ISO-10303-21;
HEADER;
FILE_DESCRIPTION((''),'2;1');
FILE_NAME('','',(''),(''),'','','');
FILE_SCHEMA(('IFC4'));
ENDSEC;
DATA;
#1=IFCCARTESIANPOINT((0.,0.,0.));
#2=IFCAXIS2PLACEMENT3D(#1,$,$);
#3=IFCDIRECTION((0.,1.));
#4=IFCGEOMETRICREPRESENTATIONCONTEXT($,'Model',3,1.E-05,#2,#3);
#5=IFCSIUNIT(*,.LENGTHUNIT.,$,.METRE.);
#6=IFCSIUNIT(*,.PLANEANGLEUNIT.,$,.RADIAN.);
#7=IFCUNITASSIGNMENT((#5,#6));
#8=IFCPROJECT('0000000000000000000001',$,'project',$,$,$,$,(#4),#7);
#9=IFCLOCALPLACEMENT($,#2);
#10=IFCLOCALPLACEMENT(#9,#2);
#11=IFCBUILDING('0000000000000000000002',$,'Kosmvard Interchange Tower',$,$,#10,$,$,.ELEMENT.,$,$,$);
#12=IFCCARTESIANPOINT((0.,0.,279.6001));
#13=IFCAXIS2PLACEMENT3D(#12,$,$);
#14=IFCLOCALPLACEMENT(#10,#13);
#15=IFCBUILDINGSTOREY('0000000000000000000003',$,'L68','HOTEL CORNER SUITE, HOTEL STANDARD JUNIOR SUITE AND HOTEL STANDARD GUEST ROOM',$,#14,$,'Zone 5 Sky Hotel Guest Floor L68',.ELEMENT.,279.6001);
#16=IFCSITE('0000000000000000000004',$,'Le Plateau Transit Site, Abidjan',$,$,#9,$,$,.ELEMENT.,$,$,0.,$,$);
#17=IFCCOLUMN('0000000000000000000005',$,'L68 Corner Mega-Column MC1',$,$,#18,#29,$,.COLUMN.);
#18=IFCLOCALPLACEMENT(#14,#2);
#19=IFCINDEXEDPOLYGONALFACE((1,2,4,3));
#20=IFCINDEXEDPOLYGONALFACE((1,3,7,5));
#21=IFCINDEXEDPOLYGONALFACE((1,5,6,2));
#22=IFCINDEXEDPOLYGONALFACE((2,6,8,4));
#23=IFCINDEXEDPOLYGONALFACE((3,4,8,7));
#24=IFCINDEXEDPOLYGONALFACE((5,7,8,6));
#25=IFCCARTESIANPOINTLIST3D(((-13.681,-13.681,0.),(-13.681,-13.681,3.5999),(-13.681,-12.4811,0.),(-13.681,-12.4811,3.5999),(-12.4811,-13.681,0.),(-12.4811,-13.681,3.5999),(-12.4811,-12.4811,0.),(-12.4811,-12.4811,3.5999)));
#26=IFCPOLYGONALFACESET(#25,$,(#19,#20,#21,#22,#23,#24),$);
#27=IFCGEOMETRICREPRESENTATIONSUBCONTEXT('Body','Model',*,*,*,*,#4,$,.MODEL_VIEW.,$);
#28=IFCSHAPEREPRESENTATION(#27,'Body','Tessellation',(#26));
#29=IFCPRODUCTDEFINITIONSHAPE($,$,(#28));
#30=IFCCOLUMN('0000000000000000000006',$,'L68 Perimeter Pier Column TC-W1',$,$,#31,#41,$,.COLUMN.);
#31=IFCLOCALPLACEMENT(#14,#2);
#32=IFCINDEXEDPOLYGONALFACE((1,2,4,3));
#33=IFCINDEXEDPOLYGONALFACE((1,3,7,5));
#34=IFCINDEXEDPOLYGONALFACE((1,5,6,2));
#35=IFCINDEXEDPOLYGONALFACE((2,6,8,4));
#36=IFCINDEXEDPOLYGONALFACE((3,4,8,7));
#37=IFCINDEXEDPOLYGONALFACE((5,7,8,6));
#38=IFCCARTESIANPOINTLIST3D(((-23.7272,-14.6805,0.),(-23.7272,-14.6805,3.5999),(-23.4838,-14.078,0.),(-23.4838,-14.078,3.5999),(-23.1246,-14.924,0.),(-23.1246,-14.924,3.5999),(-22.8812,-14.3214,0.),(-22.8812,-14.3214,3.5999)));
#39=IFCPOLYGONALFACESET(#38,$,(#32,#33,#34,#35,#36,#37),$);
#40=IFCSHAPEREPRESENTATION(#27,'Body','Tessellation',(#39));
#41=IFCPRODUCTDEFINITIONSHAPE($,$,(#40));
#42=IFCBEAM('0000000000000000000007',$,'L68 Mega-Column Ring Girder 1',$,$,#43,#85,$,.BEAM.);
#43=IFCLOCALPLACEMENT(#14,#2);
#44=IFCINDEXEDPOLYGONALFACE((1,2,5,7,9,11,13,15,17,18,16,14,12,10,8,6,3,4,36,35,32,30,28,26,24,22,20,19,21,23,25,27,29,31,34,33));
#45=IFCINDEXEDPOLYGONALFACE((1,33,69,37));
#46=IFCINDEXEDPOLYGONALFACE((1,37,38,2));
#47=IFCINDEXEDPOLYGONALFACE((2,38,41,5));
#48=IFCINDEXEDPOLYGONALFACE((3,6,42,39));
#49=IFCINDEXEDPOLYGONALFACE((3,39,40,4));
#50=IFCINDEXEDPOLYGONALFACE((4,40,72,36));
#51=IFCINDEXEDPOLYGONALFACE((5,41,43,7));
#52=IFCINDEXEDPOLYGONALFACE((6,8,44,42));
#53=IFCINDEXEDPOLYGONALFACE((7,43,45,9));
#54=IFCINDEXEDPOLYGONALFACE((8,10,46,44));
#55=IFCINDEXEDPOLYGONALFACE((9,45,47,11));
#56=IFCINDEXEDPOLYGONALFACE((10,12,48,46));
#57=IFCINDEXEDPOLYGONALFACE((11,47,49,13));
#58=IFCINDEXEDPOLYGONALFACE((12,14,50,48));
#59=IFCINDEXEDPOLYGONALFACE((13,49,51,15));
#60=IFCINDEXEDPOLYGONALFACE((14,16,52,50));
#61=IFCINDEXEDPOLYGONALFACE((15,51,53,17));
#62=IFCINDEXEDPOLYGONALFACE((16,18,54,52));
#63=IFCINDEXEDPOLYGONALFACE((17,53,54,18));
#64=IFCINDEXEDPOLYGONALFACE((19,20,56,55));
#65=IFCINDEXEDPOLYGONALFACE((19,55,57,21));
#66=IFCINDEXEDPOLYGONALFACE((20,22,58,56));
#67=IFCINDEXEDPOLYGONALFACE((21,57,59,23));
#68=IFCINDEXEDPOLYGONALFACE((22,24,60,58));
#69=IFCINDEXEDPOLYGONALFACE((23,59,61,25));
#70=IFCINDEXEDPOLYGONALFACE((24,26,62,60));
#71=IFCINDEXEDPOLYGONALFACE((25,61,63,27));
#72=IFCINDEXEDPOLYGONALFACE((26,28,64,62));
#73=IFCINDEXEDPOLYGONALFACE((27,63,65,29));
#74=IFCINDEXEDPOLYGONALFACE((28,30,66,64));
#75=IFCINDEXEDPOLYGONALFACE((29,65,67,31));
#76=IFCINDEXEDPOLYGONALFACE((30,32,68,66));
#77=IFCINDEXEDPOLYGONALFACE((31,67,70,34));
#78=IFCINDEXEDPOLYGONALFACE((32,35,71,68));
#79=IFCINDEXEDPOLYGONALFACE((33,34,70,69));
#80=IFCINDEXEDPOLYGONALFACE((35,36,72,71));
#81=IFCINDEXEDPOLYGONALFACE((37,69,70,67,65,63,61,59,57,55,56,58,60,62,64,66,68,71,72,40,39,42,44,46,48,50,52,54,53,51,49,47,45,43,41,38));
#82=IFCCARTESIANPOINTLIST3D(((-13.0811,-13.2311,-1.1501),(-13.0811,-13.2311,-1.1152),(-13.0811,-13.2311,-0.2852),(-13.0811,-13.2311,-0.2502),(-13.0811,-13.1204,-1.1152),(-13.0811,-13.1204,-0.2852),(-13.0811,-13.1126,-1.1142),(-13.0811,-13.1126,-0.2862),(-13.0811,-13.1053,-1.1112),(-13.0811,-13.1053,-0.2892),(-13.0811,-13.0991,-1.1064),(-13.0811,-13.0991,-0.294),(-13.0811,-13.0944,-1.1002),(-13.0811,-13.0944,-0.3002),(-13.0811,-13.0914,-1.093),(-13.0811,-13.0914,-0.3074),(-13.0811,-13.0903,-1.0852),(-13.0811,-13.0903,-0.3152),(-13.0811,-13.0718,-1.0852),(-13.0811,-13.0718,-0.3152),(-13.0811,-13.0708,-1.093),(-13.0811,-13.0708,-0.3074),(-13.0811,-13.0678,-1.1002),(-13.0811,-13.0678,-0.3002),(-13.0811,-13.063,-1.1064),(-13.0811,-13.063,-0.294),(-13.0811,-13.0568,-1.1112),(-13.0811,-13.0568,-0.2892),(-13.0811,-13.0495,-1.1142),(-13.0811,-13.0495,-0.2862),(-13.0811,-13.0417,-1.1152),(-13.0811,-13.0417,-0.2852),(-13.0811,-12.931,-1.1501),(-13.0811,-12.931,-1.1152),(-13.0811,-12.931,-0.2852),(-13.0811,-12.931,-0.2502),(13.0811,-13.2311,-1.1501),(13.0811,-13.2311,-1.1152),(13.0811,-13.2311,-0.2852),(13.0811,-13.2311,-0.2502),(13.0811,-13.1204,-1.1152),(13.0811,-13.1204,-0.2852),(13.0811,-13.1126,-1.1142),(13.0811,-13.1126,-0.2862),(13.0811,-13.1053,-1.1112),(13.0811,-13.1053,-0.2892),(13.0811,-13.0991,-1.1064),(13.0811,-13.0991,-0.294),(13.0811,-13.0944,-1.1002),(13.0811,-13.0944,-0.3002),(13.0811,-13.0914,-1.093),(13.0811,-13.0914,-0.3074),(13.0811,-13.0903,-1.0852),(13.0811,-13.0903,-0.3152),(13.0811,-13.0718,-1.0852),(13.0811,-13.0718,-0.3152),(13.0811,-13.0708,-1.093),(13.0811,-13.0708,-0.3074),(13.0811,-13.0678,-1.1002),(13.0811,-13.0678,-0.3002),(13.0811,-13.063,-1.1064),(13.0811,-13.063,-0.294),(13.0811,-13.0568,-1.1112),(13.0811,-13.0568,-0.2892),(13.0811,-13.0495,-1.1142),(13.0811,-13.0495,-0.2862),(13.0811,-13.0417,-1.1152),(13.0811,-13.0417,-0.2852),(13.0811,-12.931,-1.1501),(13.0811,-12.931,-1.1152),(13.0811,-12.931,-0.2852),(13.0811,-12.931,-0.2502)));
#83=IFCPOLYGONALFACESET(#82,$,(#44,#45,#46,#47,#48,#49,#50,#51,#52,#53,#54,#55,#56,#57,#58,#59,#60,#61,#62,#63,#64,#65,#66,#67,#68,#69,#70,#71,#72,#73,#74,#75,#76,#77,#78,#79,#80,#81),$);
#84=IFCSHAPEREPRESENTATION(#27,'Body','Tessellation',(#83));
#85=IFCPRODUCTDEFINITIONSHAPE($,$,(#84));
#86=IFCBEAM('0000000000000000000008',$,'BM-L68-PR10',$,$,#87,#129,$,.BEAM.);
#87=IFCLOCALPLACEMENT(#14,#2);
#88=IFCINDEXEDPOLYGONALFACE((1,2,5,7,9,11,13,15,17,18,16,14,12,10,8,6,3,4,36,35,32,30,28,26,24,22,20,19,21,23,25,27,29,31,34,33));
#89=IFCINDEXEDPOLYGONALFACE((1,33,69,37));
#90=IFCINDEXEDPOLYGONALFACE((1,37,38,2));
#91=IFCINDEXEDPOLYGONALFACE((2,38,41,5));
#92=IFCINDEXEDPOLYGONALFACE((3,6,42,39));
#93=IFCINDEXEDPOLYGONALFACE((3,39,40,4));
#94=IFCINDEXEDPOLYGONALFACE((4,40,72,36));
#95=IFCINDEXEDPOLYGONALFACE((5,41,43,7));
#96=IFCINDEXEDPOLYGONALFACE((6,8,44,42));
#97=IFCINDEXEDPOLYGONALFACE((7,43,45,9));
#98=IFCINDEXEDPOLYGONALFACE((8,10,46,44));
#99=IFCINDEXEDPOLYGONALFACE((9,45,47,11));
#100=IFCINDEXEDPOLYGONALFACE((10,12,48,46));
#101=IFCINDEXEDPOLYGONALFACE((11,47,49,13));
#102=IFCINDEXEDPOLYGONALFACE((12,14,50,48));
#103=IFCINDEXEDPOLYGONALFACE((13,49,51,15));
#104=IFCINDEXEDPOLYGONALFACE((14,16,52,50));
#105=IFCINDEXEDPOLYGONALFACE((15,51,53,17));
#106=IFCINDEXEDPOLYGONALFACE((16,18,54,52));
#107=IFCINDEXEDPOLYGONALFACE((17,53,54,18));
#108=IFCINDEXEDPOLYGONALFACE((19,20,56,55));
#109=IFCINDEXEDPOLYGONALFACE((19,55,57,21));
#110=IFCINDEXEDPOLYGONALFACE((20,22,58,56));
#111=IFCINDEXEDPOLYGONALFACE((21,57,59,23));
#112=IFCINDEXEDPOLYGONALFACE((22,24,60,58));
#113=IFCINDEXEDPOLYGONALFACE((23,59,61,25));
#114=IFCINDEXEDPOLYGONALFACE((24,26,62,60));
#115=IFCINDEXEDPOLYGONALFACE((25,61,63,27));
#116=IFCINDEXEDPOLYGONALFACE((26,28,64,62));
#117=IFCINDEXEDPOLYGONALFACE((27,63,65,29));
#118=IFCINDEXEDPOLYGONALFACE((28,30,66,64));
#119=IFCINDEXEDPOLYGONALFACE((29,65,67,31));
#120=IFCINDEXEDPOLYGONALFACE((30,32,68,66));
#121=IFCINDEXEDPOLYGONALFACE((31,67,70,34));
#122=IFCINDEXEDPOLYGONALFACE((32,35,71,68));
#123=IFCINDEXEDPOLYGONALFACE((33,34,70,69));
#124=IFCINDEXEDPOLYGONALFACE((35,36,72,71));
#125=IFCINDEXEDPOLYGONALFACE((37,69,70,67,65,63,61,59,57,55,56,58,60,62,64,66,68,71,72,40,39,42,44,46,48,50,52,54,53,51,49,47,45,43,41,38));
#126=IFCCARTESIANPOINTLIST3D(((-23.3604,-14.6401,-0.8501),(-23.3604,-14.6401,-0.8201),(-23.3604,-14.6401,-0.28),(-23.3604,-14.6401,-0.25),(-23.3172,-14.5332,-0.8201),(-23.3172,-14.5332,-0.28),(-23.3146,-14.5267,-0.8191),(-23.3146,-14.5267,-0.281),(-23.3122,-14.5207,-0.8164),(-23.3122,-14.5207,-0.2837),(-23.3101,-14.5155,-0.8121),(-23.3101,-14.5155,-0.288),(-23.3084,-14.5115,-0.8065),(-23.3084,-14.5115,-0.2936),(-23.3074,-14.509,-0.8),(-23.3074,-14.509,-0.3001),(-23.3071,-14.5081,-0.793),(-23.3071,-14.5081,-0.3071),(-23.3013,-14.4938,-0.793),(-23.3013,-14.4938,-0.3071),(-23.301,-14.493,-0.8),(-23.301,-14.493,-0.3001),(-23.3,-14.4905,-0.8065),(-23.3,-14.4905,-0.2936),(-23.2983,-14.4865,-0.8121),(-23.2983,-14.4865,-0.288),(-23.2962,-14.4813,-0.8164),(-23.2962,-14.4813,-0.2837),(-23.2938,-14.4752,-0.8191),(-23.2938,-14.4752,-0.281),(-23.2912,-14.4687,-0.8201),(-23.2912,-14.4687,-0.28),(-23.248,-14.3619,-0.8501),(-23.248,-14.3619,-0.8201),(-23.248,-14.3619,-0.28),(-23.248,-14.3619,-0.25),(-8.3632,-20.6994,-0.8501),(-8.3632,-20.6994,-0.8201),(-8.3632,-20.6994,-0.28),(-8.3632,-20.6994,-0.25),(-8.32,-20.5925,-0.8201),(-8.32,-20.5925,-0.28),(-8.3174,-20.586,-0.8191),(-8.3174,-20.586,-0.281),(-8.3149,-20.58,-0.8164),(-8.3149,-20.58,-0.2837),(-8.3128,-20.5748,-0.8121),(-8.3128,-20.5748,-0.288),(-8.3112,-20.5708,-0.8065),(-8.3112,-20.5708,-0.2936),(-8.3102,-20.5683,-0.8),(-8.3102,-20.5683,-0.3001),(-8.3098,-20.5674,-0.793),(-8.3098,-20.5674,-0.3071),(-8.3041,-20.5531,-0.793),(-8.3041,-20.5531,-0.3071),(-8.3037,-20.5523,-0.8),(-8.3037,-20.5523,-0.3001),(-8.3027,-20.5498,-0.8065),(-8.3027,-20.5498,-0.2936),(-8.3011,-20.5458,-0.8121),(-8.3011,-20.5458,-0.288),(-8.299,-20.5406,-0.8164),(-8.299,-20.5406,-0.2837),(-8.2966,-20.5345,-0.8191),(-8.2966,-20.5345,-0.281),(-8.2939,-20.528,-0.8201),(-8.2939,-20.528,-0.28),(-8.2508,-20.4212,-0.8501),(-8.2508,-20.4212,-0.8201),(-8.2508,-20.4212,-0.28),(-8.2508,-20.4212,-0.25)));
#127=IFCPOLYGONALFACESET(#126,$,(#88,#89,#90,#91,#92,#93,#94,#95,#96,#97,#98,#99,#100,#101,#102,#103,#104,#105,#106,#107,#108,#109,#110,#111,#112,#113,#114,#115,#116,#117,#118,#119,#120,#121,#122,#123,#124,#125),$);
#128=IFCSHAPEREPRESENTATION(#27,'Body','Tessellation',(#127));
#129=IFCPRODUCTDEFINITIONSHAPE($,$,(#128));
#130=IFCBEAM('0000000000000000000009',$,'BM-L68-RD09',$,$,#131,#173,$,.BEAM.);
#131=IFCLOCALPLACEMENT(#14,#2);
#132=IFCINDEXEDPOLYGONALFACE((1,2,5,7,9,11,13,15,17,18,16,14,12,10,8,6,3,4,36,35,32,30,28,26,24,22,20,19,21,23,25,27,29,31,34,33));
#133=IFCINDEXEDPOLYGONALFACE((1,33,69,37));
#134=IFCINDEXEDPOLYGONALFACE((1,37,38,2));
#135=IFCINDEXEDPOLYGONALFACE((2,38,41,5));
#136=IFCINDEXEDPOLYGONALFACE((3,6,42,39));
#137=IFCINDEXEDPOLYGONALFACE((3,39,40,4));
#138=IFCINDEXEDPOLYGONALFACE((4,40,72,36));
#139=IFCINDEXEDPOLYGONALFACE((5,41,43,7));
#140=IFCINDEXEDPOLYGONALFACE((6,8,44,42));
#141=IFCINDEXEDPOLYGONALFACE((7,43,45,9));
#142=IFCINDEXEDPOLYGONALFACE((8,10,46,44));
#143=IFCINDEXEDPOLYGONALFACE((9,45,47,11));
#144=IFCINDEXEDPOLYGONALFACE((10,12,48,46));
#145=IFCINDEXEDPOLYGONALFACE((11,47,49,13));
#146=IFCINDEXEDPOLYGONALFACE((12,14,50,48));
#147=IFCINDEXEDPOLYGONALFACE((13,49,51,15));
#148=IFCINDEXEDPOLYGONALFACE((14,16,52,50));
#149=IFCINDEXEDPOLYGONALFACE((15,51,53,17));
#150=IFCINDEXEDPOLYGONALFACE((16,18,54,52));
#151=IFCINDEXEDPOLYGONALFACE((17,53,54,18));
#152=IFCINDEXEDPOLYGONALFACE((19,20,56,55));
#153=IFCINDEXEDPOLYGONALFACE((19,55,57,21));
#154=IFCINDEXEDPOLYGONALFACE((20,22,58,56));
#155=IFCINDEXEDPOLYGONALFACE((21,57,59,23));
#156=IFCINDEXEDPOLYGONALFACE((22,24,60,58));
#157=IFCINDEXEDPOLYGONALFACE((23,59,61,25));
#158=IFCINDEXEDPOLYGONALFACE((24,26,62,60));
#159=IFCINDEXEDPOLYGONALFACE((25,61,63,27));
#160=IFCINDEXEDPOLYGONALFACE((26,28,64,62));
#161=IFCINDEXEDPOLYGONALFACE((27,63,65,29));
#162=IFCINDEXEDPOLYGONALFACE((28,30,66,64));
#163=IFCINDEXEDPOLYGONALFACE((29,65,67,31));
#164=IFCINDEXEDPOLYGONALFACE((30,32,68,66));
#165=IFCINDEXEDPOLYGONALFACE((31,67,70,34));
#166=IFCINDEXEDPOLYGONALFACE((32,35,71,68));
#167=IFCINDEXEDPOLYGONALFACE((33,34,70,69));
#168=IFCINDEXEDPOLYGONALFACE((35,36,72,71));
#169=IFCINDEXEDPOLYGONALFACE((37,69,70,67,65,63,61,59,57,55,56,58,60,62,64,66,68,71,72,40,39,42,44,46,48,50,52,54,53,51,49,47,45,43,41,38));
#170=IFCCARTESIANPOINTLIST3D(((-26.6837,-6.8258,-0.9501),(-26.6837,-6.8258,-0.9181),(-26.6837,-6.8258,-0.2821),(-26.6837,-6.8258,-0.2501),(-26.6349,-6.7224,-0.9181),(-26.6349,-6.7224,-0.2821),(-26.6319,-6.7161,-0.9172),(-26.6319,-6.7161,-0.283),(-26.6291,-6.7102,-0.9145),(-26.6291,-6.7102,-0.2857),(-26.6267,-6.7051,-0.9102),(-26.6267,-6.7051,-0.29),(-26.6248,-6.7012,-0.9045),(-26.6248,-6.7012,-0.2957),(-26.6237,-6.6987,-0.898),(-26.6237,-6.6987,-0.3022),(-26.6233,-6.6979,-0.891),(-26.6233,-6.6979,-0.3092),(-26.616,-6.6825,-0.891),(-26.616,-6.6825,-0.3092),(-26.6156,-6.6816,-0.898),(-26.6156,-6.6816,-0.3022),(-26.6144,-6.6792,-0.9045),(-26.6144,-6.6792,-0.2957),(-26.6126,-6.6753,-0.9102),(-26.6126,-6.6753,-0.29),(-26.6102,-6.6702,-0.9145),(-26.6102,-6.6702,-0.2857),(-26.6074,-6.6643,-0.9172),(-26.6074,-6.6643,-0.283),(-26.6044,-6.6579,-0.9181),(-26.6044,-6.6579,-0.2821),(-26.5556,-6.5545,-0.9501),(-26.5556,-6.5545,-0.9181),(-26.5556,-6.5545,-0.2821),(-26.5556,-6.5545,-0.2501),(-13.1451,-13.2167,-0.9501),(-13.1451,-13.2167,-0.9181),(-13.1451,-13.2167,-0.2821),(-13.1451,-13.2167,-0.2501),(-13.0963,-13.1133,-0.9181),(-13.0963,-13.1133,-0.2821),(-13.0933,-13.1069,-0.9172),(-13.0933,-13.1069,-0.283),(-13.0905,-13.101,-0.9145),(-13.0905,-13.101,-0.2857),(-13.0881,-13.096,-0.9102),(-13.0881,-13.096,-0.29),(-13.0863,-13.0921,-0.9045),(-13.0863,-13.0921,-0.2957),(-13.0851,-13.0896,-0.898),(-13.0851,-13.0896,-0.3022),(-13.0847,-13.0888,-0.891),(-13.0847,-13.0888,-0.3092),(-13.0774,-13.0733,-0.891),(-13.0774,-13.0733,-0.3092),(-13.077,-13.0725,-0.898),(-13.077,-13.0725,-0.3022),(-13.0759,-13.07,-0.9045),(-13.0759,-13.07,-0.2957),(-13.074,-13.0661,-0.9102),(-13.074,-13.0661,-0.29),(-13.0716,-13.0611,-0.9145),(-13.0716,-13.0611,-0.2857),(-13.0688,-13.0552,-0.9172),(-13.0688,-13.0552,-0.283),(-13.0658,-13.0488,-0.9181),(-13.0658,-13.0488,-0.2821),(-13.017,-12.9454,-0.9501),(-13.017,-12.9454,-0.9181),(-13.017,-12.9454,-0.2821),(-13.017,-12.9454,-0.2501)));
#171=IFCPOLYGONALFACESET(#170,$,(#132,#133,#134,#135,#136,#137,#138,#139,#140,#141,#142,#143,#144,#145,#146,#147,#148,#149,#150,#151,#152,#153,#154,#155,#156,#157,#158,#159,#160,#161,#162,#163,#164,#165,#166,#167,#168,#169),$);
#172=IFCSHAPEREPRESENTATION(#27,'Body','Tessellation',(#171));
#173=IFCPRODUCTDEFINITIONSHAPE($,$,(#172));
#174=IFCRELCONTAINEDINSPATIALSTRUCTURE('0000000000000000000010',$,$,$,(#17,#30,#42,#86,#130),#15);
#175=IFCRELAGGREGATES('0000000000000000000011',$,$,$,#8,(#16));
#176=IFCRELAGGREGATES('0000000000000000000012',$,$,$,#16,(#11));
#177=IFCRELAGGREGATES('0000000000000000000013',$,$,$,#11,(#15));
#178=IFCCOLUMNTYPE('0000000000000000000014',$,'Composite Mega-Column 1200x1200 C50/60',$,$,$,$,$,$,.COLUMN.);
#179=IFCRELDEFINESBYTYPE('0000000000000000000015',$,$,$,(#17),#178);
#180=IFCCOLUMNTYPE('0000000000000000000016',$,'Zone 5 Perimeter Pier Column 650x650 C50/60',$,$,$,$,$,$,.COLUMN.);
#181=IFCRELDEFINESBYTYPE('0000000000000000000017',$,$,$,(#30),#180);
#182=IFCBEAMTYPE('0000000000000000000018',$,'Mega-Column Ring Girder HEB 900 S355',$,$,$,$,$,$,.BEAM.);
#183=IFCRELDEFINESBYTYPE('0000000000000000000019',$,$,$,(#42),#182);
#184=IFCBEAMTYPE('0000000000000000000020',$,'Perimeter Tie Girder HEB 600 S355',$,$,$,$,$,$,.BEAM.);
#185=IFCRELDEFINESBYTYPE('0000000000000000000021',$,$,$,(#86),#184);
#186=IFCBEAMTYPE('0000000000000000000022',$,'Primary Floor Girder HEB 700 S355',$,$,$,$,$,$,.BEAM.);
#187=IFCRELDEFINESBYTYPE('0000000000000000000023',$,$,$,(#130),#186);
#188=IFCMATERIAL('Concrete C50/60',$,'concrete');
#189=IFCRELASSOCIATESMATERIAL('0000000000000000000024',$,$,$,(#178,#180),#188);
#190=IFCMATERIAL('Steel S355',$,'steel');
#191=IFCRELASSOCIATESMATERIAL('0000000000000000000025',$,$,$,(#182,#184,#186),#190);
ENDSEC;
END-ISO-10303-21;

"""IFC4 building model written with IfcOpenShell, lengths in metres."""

from ifc_helpers import new_model, si_unit, direction, frame, origin, origin_2d, place, context, subcontext, project, spatial, rectangle, i_section, extrude, source, transform, mapped, material, material_profile, profile_set, type_object, element, save


model = new_model("IFC4")

# Units and contexts
model_context = context("Model", 3, precision=1e-05, world=origin(), true_north=direction((0.0, 1.0)))
body_context = subcontext(model_context, "Body", "Model", "MODEL_VIEW")
ifc_project = project(units=[si_unit("LENGTHUNIT", "METRE"), si_unit("PLANEANGLEUNIT", "RADIAN")], contexts=[model_context])

# Site, building, storey
site_placement = place(None, origin())
site = spatial("IfcSite", under=ifc_project, at=site_placement, Name="Le Plateau Transit Site, Abidjan", CompositionType="ELEMENT", RefElevation=0.0)
building_placement = place(site_placement, origin())
building = spatial("IfcBuilding", under=site, at=building_placement, Name="Kosmvard Interchange Tower", CompositionType="ELEMENT")
storey_placement = place(building_placement, frame((0.0, 0.0, 279.6001)))
storey = spatial("IfcBuildingStorey", under=building, at=storey_placement, Name="L68", Description="HOTEL CORNER SUITE, HOTEL STANDARD JUNIOR SUITE AND HOTEL STANDARD GUEST ROOM", LongName="Zone 5 Sky Hotel Guest Floor L68", CompositionType="ELEMENT", Elevation=279.6001)

# Columns
ifc_material_1 = material(Name="Concrete C50/60", Category="concrete")
ifc_material_profile_1 = material_profile(ifc_material_1, rectangle(XDim=1.2, YDim=1.2, at=origin_2d()), Name="MC 1200x1200")
ifc_profile_set_1 = profile_set([ifc_material_profile_1], Name="Concrete C50/60")
column_type_1 = type_object("IfcColumnType", Name="Composite Mega-Column 1200x1200 C50/60", PredefinedType="COLUMN", material=ifc_profile_set_1)
shared_shape_1 = source(origin(), body_context, "Body", "SweptSolid", [
    extrude(rectangle(XDim=1.2, YDim=1.2, at=origin_2d()), origin(), (0.0, 0.0, 1.0), 3.5999),
])
column_1_placement = place(storey_placement, frame((-13.0811, -13.0811, 0.0), z_axis=(0.0, 0.0, 1.0), x_axis=(1.0, 0.0, 0.0)))
element("IfcColumn", 1, at=column_1_placement, inside=storey, type_object=column_type_1, Name="L68 Corner Mega-Column MC1", PredefinedType="COLUMN", context=body_context, shape_type="MappedRepresentation", body=[
    mapped(shared_shape_1, transform((0.0, 0.0, 0.0), scale=1.0)),
])
ifc_material_profile_2 = material_profile(ifc_material_1, rectangle(XDim=0.6499, YDim=0.6499, at=origin_2d()), Name="TC 650x650")
ifc_profile_set_2 = profile_set([ifc_material_profile_2], Name="Concrete C50/60")
column_type_2 = type_object("IfcColumnType", Name="Zone 5 Perimeter Pier Column 650x650 C50/60", PredefinedType="COLUMN", material=ifc_profile_set_2)
shared_shape_2 = source(origin(), body_context, "Body", "SweptSolid", [
    extrude(rectangle(XDim=0.6499, YDim=0.6499, at=origin_2d()), origin(), (0.0, 0.0, 1.0), 3.5999),
])
column_2_placement = place(storey_placement, frame((-23.3042, -14.501, 0.0), z_axis=(0.0, 0.0, 1.0), x_axis=(0.374607, 0.927184, 0.0)))
element("IfcColumn", 2, at=column_2_placement, inside=storey, type_object=column_type_2, Name="L68 Perimeter Pier Column TC-W1", PredefinedType="COLUMN", context=body_context, shape_type="MappedRepresentation", body=[
    mapped(shared_shape_2, transform((0.0, 0.0, 0.0), scale=1.0)),
])

# Beams
ifc_material_2 = material(Name="Steel S355", Category="steel")
ifc_material_profile_3 = material_profile(ifc_material_2, i_section(OverallWidth=0.3, OverallDepth=0.8999, WebThickness=0.0186, FlangeThickness=0.0349, FilletRadius=0.03, at=origin_2d()), Name="HEB 900")
ifc_profile_set_3 = profile_set([ifc_material_profile_3], Name="Steel S355")
beam_type_1 = type_object("IfcBeamType", Name="Mega-Column Ring Girder HEB 900 S355", PredefinedType="BEAM", material=ifc_profile_set_3)
shared_shape_3 = source(origin(), body_context, "Body", "SweptSolid", [
    extrude(i_section(OverallWidth=0.3, OverallDepth=0.8999, WebThickness=0.0186, FlangeThickness=0.0349, FilletRadius=0.03, at=origin_2d()), origin(), (0.0, 0.0, 1.0), 26.1621),
])
beam_1_placement = place(storey_placement, frame((-13.0811, -13.0811, -0.7002), z_axis=(1.0, 0.0, 0.0), x_axis=(0.0, 1.0, 0.0)))
element("IfcBeam", 3, at=beam_1_placement, inside=storey, type_object=beam_type_1, Name="L68 Mega-Column Ring Girder 1", PredefinedType="BEAM", context=body_context, shape_type="MappedRepresentation", body=[
    mapped(shared_shape_3, transform((0.0, 0.0, 0.0), scale=1.0)),
])
ifc_material_profile_4 = material_profile(ifc_material_2, i_section(OverallWidth=0.3, OverallDepth=0.6001, WebThickness=0.0154, FlangeThickness=0.03, FilletRadius=0.0271, at=origin_2d()), Name="HEB 600")
ifc_profile_set_4 = profile_set([ifc_material_profile_4], Name="Steel S355")
beam_type_2 = type_object("IfcBeamType", Name="Perimeter Tie Girder HEB 600 S355", PredefinedType="BEAM", material=ifc_profile_set_4)
shared_shape_4 = source(origin(), body_context, "Body", "SweptSolid", [
    extrude(i_section(OverallWidth=0.3, OverallDepth=0.6001, WebThickness=0.0154, FlangeThickness=0.03, FilletRadius=0.0271, at=origin_2d()), origin(), (0.0, 0.0, 1.0), 16.175),
])
beam_2_placement = place(storey_placement, frame((-23.3042, -14.501, -0.55), z_axis=(0.927183, -0.374608, 0.0), x_axis=(0.374608, 0.927183, 0.0)))
element("IfcBeam", 4, at=beam_2_placement, inside=storey, type_object=beam_type_2, Name="BM-L68-PR10", PredefinedType="BEAM", context=body_context, shape_type="MappedRepresentation", body=[
    mapped(shared_shape_4, transform((0.0, 0.0, 0.0), scale=1.0)),
])
ifc_material_profile_5 = material_profile(ifc_material_2, i_section(OverallWidth=0.3, OverallDepth=0.7, WebThickness=0.0171, FlangeThickness=0.032, FilletRadius=0.0271, at=origin_2d()), Name="HEB 700")
ifc_profile_set_5 = profile_set([ifc_material_profile_5], Name="Steel S355")
beam_type_3 = type_object("IfcBeamType", Name="Primary Floor Girder HEB 700 S355", PredefinedType="BEAM", material=ifc_profile_set_5)
shared_shape_5 = source(origin(), body_context, "Body", "SweptSolid", [
    extrude(i_section(OverallWidth=0.3, OverallDepth=0.7, WebThickness=0.0171, FlangeThickness=0.032, FilletRadius=0.0271, at=origin_2d()), origin(), (0.0, 0.0, 1.0), 14.9712),
])
beam_3_placement = place(storey_placement, frame((-13.0811, -13.0811, -0.6001), z_axis=(-0.904309, 0.426878, 0.0), x_axis=(-0.426878, -0.904309, 0.0)))
element("IfcBeam", 5, at=beam_3_placement, inside=storey, type_object=beam_type_3, Name="BM-L68-RD09", PredefinedType="BEAM", context=body_context, shape_type="MappedRepresentation", body=[
    mapped(shared_shape_5, transform((0.0, 0.0, 0.0), scale=1.0)),
])

save(model, "model.ifc")
